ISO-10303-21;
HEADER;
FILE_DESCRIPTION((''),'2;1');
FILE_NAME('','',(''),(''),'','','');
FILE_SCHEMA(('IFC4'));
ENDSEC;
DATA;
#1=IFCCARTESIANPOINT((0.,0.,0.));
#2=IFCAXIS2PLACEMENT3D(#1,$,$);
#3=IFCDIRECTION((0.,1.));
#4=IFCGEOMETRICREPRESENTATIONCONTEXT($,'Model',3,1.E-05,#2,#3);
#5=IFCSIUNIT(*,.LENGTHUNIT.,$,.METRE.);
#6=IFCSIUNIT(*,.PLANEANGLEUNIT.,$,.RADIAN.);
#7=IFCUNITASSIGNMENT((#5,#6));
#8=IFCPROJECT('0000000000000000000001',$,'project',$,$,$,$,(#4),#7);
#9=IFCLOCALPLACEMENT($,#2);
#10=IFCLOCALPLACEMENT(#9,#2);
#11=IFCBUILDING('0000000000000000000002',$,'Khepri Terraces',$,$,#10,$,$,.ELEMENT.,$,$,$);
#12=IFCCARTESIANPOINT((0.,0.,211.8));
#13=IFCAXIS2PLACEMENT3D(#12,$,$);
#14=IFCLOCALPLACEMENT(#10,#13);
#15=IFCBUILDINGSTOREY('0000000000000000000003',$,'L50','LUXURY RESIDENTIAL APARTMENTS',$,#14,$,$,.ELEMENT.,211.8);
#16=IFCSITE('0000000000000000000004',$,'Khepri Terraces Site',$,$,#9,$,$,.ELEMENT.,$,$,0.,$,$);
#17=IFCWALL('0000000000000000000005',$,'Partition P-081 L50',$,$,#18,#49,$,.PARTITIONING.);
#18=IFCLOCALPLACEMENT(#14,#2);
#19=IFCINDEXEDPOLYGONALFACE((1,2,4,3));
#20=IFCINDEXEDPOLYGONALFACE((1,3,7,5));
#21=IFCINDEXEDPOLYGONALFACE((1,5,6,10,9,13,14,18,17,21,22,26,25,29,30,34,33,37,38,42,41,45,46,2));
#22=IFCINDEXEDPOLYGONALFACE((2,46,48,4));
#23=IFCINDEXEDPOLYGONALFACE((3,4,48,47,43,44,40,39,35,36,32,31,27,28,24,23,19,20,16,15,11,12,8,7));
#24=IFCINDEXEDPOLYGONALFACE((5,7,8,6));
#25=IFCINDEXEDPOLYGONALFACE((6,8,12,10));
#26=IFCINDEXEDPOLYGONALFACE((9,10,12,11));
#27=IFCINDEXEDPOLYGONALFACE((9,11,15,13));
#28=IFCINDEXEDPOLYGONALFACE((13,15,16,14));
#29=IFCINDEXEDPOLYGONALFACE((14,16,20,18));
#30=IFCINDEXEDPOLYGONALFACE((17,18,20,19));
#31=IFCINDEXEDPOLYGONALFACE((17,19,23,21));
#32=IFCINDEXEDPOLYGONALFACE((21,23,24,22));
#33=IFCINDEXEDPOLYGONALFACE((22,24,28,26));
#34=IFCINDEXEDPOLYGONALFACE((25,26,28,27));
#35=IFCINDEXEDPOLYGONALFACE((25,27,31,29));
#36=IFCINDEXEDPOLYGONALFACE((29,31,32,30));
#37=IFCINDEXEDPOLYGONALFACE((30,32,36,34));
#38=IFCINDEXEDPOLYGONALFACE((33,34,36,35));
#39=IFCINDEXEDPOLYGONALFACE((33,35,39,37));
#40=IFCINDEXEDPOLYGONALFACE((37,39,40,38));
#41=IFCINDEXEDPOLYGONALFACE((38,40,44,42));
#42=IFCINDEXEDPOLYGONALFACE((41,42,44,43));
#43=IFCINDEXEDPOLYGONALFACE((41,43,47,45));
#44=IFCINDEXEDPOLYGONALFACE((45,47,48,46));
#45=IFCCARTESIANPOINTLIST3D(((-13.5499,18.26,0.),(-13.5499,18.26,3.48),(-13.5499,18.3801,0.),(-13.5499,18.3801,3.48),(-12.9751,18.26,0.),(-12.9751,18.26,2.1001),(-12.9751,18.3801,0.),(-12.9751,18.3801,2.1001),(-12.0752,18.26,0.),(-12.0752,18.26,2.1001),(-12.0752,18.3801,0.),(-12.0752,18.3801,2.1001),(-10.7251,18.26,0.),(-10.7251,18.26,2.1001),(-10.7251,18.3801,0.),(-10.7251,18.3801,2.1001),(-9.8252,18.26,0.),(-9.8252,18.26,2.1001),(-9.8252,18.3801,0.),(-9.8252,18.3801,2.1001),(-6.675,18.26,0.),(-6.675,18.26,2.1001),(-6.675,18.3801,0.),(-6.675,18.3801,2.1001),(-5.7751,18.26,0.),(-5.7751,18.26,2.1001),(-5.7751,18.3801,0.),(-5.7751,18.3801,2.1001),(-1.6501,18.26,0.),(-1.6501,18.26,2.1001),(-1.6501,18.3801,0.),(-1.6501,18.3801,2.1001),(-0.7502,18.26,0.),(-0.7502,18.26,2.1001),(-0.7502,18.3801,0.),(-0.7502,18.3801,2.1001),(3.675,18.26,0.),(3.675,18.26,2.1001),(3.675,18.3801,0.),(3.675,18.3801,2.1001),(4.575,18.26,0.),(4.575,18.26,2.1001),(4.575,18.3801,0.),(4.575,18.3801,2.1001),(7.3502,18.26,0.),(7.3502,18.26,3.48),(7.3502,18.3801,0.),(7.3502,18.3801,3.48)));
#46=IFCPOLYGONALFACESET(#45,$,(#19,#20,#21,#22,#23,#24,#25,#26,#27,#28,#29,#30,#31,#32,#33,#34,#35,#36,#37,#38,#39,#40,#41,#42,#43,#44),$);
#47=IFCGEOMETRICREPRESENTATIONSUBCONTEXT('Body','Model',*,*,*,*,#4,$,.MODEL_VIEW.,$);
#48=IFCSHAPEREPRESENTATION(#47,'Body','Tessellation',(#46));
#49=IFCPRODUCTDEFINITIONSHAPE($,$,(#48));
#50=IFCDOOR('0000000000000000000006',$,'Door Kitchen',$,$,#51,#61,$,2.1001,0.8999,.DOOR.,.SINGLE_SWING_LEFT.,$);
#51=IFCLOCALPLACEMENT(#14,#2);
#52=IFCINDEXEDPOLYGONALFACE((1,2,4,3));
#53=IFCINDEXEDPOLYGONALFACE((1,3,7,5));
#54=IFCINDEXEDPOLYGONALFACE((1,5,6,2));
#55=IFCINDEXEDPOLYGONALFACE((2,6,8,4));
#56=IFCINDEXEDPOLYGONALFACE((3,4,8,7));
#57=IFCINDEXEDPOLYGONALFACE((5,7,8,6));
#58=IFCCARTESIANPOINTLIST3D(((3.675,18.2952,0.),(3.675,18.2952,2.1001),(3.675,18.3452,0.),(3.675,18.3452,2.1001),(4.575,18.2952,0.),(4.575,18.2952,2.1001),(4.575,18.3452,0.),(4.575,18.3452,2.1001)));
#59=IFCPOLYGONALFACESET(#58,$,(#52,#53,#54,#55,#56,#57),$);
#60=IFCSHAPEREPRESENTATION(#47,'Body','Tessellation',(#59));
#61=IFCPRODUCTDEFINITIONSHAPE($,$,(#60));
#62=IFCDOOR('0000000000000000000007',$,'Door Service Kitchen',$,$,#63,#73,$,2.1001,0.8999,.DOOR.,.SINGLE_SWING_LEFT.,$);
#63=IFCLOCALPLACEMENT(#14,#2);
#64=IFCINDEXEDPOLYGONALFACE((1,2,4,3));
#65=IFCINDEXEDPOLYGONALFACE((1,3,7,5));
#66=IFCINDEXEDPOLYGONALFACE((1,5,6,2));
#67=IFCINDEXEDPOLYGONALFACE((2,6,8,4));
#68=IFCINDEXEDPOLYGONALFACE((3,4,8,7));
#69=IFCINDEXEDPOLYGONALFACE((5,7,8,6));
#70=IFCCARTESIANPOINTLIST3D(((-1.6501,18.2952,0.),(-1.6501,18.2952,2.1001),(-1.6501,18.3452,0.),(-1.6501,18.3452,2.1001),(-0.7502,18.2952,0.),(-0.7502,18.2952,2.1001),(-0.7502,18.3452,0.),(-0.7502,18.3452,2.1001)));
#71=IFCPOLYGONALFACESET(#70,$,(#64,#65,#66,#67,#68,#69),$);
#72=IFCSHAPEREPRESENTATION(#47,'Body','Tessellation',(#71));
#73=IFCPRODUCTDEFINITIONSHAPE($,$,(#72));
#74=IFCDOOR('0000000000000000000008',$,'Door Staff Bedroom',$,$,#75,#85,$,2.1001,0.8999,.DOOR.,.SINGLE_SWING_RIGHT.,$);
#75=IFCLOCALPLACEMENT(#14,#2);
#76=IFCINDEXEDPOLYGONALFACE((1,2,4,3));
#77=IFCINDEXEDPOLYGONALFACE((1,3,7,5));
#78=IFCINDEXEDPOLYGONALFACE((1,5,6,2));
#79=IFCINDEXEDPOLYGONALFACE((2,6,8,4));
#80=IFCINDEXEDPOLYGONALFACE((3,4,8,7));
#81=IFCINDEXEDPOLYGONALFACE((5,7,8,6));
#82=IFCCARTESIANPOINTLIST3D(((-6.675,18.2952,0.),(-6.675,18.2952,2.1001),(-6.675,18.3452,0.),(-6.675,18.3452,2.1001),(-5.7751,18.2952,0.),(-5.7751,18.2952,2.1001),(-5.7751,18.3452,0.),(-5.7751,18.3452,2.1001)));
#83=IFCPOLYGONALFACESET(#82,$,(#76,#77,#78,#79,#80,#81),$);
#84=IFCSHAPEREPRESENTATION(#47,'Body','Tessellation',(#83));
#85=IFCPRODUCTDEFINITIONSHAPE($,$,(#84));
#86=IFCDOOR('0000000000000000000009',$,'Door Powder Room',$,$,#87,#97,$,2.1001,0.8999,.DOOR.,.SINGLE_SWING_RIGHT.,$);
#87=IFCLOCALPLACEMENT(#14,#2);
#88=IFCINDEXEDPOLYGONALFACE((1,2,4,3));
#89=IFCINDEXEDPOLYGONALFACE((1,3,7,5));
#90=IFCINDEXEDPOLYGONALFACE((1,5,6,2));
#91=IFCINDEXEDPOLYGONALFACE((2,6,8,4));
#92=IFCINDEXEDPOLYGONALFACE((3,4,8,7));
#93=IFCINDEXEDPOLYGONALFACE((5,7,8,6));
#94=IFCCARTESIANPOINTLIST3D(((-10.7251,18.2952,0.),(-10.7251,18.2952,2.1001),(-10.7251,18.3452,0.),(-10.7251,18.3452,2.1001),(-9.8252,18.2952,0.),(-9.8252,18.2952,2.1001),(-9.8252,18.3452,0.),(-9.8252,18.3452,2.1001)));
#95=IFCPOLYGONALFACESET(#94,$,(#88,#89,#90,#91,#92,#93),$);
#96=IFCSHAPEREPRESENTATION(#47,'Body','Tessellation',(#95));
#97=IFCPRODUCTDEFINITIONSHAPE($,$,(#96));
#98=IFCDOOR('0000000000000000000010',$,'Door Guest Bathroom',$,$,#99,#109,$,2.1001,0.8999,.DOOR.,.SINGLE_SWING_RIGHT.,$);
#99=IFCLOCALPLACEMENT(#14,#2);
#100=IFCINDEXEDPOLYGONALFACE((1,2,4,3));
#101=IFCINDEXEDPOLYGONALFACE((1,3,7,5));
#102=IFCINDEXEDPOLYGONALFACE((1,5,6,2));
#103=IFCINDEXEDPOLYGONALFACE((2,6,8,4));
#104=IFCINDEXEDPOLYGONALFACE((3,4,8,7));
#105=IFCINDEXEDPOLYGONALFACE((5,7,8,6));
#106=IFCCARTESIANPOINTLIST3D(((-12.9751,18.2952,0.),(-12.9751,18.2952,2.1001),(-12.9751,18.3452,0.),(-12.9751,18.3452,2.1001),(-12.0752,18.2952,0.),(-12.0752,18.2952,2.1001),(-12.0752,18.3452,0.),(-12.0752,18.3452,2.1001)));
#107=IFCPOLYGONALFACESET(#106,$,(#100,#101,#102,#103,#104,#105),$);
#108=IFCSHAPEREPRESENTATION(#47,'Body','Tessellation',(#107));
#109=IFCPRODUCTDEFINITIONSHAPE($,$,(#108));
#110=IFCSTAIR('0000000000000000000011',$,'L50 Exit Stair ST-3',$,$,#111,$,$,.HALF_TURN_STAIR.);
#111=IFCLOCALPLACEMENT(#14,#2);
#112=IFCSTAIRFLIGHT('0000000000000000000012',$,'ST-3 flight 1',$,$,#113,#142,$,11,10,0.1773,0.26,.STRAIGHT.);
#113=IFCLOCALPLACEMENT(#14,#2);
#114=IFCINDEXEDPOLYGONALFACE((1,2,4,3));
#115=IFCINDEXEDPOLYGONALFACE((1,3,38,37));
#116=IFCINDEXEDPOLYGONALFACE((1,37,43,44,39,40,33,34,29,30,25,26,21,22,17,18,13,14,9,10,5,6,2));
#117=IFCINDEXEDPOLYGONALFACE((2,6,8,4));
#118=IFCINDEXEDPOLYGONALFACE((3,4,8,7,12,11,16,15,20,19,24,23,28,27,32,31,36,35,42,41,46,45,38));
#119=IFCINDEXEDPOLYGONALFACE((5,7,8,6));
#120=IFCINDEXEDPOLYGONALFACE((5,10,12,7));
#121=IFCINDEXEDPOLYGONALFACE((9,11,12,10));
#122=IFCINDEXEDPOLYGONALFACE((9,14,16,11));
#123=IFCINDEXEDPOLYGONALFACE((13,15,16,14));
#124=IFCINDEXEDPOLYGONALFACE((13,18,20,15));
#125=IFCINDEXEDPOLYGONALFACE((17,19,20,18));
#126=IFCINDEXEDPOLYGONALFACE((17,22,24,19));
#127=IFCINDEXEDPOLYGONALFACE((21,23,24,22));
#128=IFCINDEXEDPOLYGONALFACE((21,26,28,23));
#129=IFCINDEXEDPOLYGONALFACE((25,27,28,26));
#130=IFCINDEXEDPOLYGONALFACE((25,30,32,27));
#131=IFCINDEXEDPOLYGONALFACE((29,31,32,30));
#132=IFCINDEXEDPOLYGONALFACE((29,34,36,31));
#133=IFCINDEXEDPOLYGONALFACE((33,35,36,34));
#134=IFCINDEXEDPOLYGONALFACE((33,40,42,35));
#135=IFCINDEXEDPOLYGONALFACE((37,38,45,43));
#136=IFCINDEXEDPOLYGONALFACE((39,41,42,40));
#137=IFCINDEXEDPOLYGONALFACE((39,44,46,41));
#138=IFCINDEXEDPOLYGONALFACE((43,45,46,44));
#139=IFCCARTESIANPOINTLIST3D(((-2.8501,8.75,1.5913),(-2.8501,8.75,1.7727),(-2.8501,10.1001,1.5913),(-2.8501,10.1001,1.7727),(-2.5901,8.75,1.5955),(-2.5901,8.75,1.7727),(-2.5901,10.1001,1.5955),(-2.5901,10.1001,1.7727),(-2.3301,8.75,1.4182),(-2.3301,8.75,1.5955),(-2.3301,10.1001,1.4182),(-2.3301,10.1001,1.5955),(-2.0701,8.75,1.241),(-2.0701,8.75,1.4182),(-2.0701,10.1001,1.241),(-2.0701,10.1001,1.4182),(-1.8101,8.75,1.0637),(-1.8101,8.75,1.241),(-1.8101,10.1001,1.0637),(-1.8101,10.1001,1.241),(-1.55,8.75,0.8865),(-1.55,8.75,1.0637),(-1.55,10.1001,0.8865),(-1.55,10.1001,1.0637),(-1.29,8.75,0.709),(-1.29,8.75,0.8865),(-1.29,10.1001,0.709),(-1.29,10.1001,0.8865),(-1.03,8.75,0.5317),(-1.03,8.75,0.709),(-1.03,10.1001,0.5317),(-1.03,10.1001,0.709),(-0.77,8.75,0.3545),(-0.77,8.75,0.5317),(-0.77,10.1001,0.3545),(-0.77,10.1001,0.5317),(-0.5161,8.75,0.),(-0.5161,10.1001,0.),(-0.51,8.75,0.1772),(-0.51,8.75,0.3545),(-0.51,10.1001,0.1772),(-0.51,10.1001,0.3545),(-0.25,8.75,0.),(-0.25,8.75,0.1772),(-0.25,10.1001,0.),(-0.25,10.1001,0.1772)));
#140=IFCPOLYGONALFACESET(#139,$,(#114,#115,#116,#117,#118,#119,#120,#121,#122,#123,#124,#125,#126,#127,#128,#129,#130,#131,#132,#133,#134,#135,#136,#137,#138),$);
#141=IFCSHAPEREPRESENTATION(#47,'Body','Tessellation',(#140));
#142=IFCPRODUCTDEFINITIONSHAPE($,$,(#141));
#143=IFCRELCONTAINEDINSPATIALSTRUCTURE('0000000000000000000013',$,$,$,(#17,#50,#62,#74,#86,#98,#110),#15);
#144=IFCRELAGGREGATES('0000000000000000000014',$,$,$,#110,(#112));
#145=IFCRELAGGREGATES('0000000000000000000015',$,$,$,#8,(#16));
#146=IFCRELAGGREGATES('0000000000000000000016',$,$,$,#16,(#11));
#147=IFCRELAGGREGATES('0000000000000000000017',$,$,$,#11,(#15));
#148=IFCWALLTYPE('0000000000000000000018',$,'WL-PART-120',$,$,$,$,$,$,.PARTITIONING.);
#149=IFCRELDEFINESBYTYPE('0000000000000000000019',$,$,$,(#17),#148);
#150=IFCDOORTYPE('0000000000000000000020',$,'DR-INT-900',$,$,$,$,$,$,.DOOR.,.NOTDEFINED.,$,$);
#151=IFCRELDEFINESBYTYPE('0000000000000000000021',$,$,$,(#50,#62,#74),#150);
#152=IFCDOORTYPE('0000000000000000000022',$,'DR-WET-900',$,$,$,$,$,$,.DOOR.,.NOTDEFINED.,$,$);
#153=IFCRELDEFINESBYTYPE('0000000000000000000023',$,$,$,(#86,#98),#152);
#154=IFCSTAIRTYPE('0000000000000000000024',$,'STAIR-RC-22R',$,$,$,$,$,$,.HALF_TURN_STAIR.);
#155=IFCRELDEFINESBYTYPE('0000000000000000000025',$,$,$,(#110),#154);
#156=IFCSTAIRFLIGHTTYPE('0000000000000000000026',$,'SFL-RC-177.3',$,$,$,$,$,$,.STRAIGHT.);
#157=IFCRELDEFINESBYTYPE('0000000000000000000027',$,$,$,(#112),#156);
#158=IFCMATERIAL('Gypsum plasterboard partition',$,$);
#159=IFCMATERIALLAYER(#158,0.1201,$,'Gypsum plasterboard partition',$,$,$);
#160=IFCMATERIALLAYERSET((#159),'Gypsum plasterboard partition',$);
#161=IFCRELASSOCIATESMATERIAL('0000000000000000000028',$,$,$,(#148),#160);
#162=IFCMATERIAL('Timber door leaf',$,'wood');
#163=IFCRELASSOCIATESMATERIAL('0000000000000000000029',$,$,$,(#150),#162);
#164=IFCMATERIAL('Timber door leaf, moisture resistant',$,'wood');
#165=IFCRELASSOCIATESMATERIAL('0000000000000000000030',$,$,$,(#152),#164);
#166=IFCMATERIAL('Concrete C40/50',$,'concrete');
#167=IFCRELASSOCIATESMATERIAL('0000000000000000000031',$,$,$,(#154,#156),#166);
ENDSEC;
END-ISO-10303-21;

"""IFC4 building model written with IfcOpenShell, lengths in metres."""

from ifc_helpers import new_model, si_unit, direction, frame, frame_2d, origin, place, context, subcontext, project, spatial, polyline, rectangle, outline, extrude, material, layer, layer_set, type_object, element, fill, aggregate, save


model = new_model("IFC4")

# Units and contexts
model_context = context("Model", 3, precision=1e-05, world=origin(), true_north=direction((0.0, 1.0)))
body_context = subcontext(model_context, "Body", "Model", "MODEL_VIEW")
ifc_project = project(units=[si_unit("LENGTHUNIT", "METRE"), si_unit("PLANEANGLEUNIT", "RADIAN")], contexts=[model_context])

# Site, building, storey
site_placement = place(None, origin())
site = spatial("IfcSite", under=ifc_project, at=site_placement, Name="Khepri Terraces Site", CompositionType="ELEMENT", RefElevation=0.0)
building_placement = place(site_placement, origin())
building = spatial("IfcBuilding", under=site, at=building_placement, Name="Khepri Terraces", CompositionType="ELEMENT")
storey_placement = place(building_placement, frame((0.0, 0.0, 211.8)))
storey = spatial("IfcBuildingStorey", under=building, at=storey_placement, Name="L50", Description="LUXURY RESIDENTIAL APARTMENTS", CompositionType="ELEMENT", Elevation=211.8)

# Shared definitions
ifc_material_1 = material(Name="Gypsum plasterboard partition")
ifc_layer_1 = layer(ifc_material_1, 0.1201, Name="Gypsum plasterboard partition")
ifc_layer_set_1 = layer_set([ifc_layer_1], Name="Gypsum plasterboard partition")
wall_type_1 = type_object("IfcWallType", Name="WL-PART-120", PredefinedType="PARTITIONING", material=ifc_layer_set_1)

# Wall, openings, doors
wall_1_placement = place(storey_placement, frame((-13.55, 18.3201, 0.0), z_axis=(0.0, 0.0, 1.0), x_axis=(1.0, 0.0, 0.0)))
wall_1 = element("IfcWall", 1, at=wall_1_placement, inside=storey, type_object=wall_type_1, Name="Partition P-081 L50", PredefinedType="PARTITIONING", context=body_context, shape_type="SweptSolid", body=[
    extrude(rectangle(XDim=20.9001, YDim=0.1201, at=frame_2d((10.4502, 0.0))), origin(), (0.0, 0.0, 1.0), 3.48),
])
opening_1_placement = place(wall_1_placement, frame((17.2251, 0.0, 0.0)))
opening_1 = element("IfcOpeningElement", 2, at=opening_1_placement, cuts=wall_1, PredefinedType="OPENING", context=body_context, shape_type="SweptSolid", body=[
    extrude(rectangle(XDim=0.8999, YDim=2.1001, at=frame_2d((0.45, 1.05))), frame((0.0, 0.0701, 0.0), z_axis=(0.0, -1.0, 0.0), x_axis=(1.0, 0.0, 0.0)), (0.0, 0.0, 1.0), 0.1401),
])
opening_2_placement = place(wall_1_placement, frame((11.8999, 0.0, 0.0)))
opening_2 = element("IfcOpeningElement", 3, at=opening_2_placement, cuts=wall_1, PredefinedType="OPENING", context=body_context, shape_type="SweptSolid", body=[
    extrude(rectangle(XDim=0.8999, YDim=2.1001, at=frame_2d((0.45, 1.05))), frame((0.0, 0.0701, 0.0), z_axis=(0.0, -1.0, 0.0), x_axis=(1.0, 0.0, 0.0)), (0.0, 0.0, 1.0), 0.1401),
])
opening_3_placement = place(wall_1_placement, frame((6.875, 0.0, 0.0)))
opening_3 = element("IfcOpeningElement", 4, at=opening_3_placement, cuts=wall_1, PredefinedType="OPENING", context=body_context, shape_type="SweptSolid", body=[
    extrude(rectangle(XDim=0.8999, YDim=2.1001, at=frame_2d((0.45, 1.05))), frame((0.0, 0.0701, 0.0), z_axis=(0.0, -1.0, 0.0), x_axis=(1.0, 0.0, 0.0)), (0.0, 0.0, 1.0), 0.1401),
])
opening_4_placement = place(wall_1_placement, frame((2.825, 0.0, 0.0)))
opening_4 = element("IfcOpeningElement", 5, at=opening_4_placement, cuts=wall_1, PredefinedType="OPENING", context=body_context, shape_type="SweptSolid", body=[
    extrude(rectangle(XDim=0.8999, YDim=2.1001, at=frame_2d((0.45, 1.05))), frame((0.0, 0.0701, 0.0), z_axis=(0.0, -1.0, 0.0), x_axis=(1.0, 0.0, 0.0)), (0.0, 0.0, 1.0), 0.1401),
])
opening_5_placement = place(wall_1_placement, frame((0.575, 0.0, 0.0)))
opening_5 = element("IfcOpeningElement", 6, at=opening_5_placement, cuts=wall_1, PredefinedType="OPENING", context=body_context, shape_type="SweptSolid", body=[
    extrude(rectangle(XDim=0.8999, YDim=2.1001, at=frame_2d((0.45, 1.05))), frame((0.0, 0.0701, 0.0), z_axis=(0.0, -1.0, 0.0), x_axis=(1.0, 0.0, 0.0)), (0.0, 0.0, 1.0), 0.1401),
])
ifc_material_2 = material(Name="Timber door leaf", Category="wood")
door_type_1 = type_object("IfcDoorType", Name="DR-INT-900", OperationType="NOTDEFINED", PredefinedType="DOOR", material=ifc_material_2)
door_1_placement = place(opening_1_placement, frame((0.8999, 0.0, 0.0), z_axis=(0.0, 0.0, 1.0), x_axis=(-1.0, 0.0, 0.0)))
door_1 = element("IfcDoor", 7, at=door_1_placement, inside=storey, type_object=door_type_1, Name="Door Kitchen", OperationType="SINGLE_SWING_LEFT", OverallHeight=2.1001, OverallWidth=0.8999, PredefinedType="DOOR", context=body_context, shape_type="SweptSolid", body=[
    extrude(rectangle(XDim=0.8999, YDim=2.1001, at=frame_2d((0.45, 1.05))), frame((0.0, 0.0249, 0.0), z_axis=(0.0, -1.0, 0.0), x_axis=(1.0, 0.0, 0.0)), (0.0, 0.0, 1.0), 0.05),
])
fill(opening_1, door_1)
door_2_placement = place(opening_2_placement, frame((0.8999, 0.0, 0.0), z_axis=(0.0, 0.0, 1.0), x_axis=(-1.0, 0.0, 0.0)))
door_2 = element("IfcDoor", 8, at=door_2_placement, inside=storey, type_object=door_type_1, Name="Door Service Kitchen", OperationType="SINGLE_SWING_LEFT", OverallHeight=2.1001, OverallWidth=0.8999, PredefinedType="DOOR", context=body_context, shape_type="SweptSolid", body=[
    extrude(rectangle(XDim=0.8999, YDim=2.1001, at=frame_2d((0.45, 1.05))), frame((0.0, 0.0249, 0.0), z_axis=(0.0, -1.0, 0.0), x_axis=(1.0, 0.0, 0.0)), (0.0, 0.0, 1.0), 0.05),
])
fill(opening_2, door_2)
door_3_placement = place(opening_3_placement, frame((0.8999, 0.0, 0.0), z_axis=(0.0, 0.0, 1.0), x_axis=(-1.0, 0.0, 0.0)))
door_3 = element("IfcDoor", 9, at=door_3_placement, inside=storey, type_object=door_type_1, Name="Door Staff Bedroom", OperationType="SINGLE_SWING_RIGHT", OverallHeight=2.1001, OverallWidth=0.8999, PredefinedType="DOOR", context=body_context, shape_type="SweptSolid", body=[
    extrude(rectangle(XDim=0.8999, YDim=2.1001, at=frame_2d((0.45, 1.05))), frame((0.0, 0.0249, 0.0), z_axis=(0.0, -1.0, 0.0), x_axis=(1.0, 0.0, 0.0)), (0.0, 0.0, 1.0), 0.05),
])
fill(opening_3, door_3)
ifc_material_3 = material(Name="Timber door leaf, moisture resistant", Category="wood")
door_type_2 = type_object("IfcDoorType", Name="DR-WET-900", OperationType="NOTDEFINED", PredefinedType="DOOR", material=ifc_material_3)
door_4_placement = place(opening_4_placement, frame((0.8999, 0.0, 0.0), z_axis=(0.0, 0.0, 1.0), x_axis=(-1.0, 0.0, 0.0)))
door_4 = element("IfcDoor", 10, at=door_4_placement, inside=storey, type_object=door_type_2, Name="Door Powder Room", OperationType="SINGLE_SWING_RIGHT", OverallHeight=2.1001, OverallWidth=0.8999, PredefinedType="DOOR", context=body_context, shape_type="SweptSolid", body=[
    extrude(rectangle(XDim=0.8999, YDim=2.1001, at=frame_2d((0.45, 1.05))), frame((0.0, 0.0249, 0.0), z_axis=(0.0, -1.0, 0.0), x_axis=(1.0, 0.0, 0.0)), (0.0, 0.0, 1.0), 0.05),
])
fill(opening_4, door_4)
door_5_placement = place(opening_5_placement, frame((0.8999, 0.0, 0.0), z_axis=(0.0, 0.0, 1.0), x_axis=(-1.0, 0.0, 0.0)))
door_5 = element("IfcDoor", 11, at=door_5_placement, inside=storey, type_object=door_type_2, Name="Door Guest Bathroom", OperationType="SINGLE_SWING_RIGHT", OverallHeight=2.1001, OverallWidth=0.8999, PredefinedType="DOOR", context=body_context, shape_type="SweptSolid", body=[
    extrude(rectangle(XDim=0.8999, YDim=2.1001, at=frame_2d((0.45, 1.05))), frame((0.0, 0.0249, 0.0), z_axis=(0.0, -1.0, 0.0), x_axis=(1.0, 0.0, 0.0)), (0.0, 0.0, 1.0), 0.05),
])
fill(opening_5, door_5)

# Stair, stair flight
ifc_material_4 = material(Name="Concrete C40/50", Category="concrete")
stair_type = type_object("IfcStairType", Name="STAIR-RC-22R", PredefinedType="HALF_TURN_STAIR", material=ifc_material_4)
stair_placement = place(storey_placement, origin())
stair = element("IfcStair", 12, at=stair_placement, inside=storey, type_object=stair_type, Name="L50 Exit Stair ST-3", PredefinedType="HALF_TURN_STAIR")
stair_flight_type = type_object("IfcStairFlightType", Name="SFL-RC-177.3", PredefinedType="STRAIGHT", material=ifc_material_4)
stair_flight_placement = place(storey_placement, frame((-0.25, 9.425, 0.0), z_axis=(0.0, 0.0, 1.0), x_axis=(-1.0, 0.0, 0.0)))
stair_flight = element("IfcStairFlight", 13, at=stair_flight_placement, type_object=stair_flight_type, Name="ST-3 flight 1", NumberOfRisers=11, NumberOfTreads=10, PredefinedType="STRAIGHT", RiserHeight=0.1773, TreadLength=0.26, context=body_context, shape_type="SweptSolid", body=[
    extrude(outline(polyline([(0.0, 0.0), (0.0, 0.1772), (0.26, 0.1772), (0.26, 0.3545), (0.52, 0.3545), (0.52, 0.5317), (0.78, 0.5317), (0.78, 0.709), (1.04, 0.709), (1.04, 0.8865), (1.3, 0.8865), (1.3, 1.0637), (1.5601, 1.0637), (1.5601, 1.241), (1.8201, 1.241), (1.8201, 1.4182), (2.0801, 1.4182), (2.0801, 1.5955), (2.3401, 1.5955), (2.3401, 1.7727), (2.6001, 1.7727), (2.6001, 1.95), (2.6001, 1.5913), (0.2661, 0.0), (0.0, 0.0)])), frame((0.0, 0.675, 0.0), z_axis=(0.0, -1.0, 0.0), x_axis=(1.0, 0.0, 0.0)), (0.0, 0.0, 1.0), 1.3501),
])
aggregate(stair, [stair_flight])

save(model, "model.ifc")
